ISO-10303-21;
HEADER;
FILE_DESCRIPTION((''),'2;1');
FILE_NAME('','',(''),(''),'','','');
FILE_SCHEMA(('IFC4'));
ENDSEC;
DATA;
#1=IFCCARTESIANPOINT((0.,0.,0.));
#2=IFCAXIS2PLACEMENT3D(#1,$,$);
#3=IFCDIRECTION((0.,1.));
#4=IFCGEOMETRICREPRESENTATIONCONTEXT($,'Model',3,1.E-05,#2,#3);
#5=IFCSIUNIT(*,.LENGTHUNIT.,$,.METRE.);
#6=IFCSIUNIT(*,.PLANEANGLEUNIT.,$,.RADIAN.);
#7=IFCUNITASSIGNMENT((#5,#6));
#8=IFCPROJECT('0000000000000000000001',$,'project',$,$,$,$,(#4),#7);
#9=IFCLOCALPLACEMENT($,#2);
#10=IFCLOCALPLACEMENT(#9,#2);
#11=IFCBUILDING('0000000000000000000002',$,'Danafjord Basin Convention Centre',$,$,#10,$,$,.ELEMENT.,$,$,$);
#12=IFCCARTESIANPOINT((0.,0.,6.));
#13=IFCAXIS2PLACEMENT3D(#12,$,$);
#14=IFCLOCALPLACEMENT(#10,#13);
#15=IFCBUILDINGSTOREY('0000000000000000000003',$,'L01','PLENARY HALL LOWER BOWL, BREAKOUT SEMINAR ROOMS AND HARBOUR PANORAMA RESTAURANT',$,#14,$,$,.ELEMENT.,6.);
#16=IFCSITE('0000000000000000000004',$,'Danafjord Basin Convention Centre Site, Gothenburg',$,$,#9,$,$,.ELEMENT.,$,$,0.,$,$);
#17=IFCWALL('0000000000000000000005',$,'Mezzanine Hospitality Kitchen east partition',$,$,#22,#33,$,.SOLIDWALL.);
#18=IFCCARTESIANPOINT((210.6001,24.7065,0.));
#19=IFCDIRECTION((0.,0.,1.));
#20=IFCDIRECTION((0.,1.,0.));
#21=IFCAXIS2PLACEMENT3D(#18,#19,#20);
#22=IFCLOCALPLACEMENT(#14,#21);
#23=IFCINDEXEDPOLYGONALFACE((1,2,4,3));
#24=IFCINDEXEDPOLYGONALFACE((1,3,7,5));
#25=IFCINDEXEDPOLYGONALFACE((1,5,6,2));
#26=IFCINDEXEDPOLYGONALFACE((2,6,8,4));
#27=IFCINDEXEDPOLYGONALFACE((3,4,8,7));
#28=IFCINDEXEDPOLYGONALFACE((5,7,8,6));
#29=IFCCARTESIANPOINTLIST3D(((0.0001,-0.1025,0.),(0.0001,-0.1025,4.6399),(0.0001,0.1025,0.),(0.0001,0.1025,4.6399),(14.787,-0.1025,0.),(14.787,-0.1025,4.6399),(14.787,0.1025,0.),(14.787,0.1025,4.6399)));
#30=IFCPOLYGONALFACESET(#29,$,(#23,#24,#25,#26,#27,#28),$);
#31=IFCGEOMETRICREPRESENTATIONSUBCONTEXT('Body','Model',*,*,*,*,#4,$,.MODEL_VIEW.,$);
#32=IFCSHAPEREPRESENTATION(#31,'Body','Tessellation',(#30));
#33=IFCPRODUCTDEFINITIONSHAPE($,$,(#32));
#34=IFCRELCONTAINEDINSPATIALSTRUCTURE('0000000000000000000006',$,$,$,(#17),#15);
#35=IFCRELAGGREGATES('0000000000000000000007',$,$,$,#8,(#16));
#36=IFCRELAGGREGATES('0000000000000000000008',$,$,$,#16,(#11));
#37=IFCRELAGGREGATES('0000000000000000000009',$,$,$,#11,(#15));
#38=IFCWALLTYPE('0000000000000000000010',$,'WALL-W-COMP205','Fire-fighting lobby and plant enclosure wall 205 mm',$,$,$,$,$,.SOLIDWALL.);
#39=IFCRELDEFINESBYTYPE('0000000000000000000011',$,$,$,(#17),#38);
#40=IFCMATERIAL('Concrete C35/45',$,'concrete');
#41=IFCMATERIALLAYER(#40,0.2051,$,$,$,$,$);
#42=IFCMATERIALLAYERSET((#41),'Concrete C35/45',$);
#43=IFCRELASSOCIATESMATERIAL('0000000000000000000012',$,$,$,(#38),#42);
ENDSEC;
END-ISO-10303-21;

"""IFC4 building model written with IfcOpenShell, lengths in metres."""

from ifc_helpers import new_model, si_unit, direction, frame, frame_2d, origin, place, context, subcontext, project, spatial, rectangle, extrude, material, layer, layer_set, type_object, element, save


model = new_model("IFC4")

# Units and contexts
model_context = context("Model", 3, precision=1e-05, world=origin(), true_north=direction((0.0, 1.0)))
body_context = subcontext(model_context, "Body", "Model", "MODEL_VIEW")
ifc_project = project(units=[si_unit("LENGTHUNIT", "METRE"), si_unit("PLANEANGLEUNIT", "RADIAN")], contexts=[model_context])

# Site, building, storey
site_placement = place(None, origin())
site = spatial("IfcSite", under=ifc_project, at=site_placement, Name="Danafjord Basin Convention Centre Site, Gothenburg", CompositionType="ELEMENT", RefElevation=0.0)
building_placement = place(site_placement, origin())
building = spatial("IfcBuilding", under=site, at=building_placement, Name="Danafjord Basin Convention Centre", CompositionType="ELEMENT")
storey_placement = place(building_placement, frame((0.0, 0.0, 6.0)))
storey = spatial("IfcBuildingStorey", under=building, at=storey_placement, Name="L01", Description="PLENARY HALL LOWER BOWL, BREAKOUT SEMINAR ROOMS AND HARBOUR PANORAMA RESTAURANT", CompositionType="ELEMENT", Elevation=6.0)

# Wall
ifc_material_1 = material(Name="Concrete C35/45", Category="concrete")
ifc_layer = layer(ifc_material_1, 0.2051)
ifc_layer_set = layer_set([ifc_layer], Name="Concrete C35/45")
wall_type = type_object("IfcWallType", Name="WALL-W-COMP205", Description="Fire-fighting lobby and plant enclosure wall 205 mm", PredefinedType="SOLIDWALL", material=ifc_layer_set)
wall_placement = place(storey_placement, frame((210.6001, 24.7065, 0.0), z_axis=(0.0, 0.0, 1.0), x_axis=(0.0, 1.0, 0.0)))
element("IfcWall", 1, at=wall_placement, inside=storey, type_object=wall_type, Name="Mezzanine Hospitality Kitchen east partition", PredefinedType="SOLIDWALL", context=body_context, shape_type="SweptSolid", body=[
    extrude(rectangle(XDim=14.7869, YDim=0.2051, at=frame_2d((7.3936, 0.0))), origin(), (0.0, 0.0, 1.0), 4.6399),
])

save(model, "model.ifc")
